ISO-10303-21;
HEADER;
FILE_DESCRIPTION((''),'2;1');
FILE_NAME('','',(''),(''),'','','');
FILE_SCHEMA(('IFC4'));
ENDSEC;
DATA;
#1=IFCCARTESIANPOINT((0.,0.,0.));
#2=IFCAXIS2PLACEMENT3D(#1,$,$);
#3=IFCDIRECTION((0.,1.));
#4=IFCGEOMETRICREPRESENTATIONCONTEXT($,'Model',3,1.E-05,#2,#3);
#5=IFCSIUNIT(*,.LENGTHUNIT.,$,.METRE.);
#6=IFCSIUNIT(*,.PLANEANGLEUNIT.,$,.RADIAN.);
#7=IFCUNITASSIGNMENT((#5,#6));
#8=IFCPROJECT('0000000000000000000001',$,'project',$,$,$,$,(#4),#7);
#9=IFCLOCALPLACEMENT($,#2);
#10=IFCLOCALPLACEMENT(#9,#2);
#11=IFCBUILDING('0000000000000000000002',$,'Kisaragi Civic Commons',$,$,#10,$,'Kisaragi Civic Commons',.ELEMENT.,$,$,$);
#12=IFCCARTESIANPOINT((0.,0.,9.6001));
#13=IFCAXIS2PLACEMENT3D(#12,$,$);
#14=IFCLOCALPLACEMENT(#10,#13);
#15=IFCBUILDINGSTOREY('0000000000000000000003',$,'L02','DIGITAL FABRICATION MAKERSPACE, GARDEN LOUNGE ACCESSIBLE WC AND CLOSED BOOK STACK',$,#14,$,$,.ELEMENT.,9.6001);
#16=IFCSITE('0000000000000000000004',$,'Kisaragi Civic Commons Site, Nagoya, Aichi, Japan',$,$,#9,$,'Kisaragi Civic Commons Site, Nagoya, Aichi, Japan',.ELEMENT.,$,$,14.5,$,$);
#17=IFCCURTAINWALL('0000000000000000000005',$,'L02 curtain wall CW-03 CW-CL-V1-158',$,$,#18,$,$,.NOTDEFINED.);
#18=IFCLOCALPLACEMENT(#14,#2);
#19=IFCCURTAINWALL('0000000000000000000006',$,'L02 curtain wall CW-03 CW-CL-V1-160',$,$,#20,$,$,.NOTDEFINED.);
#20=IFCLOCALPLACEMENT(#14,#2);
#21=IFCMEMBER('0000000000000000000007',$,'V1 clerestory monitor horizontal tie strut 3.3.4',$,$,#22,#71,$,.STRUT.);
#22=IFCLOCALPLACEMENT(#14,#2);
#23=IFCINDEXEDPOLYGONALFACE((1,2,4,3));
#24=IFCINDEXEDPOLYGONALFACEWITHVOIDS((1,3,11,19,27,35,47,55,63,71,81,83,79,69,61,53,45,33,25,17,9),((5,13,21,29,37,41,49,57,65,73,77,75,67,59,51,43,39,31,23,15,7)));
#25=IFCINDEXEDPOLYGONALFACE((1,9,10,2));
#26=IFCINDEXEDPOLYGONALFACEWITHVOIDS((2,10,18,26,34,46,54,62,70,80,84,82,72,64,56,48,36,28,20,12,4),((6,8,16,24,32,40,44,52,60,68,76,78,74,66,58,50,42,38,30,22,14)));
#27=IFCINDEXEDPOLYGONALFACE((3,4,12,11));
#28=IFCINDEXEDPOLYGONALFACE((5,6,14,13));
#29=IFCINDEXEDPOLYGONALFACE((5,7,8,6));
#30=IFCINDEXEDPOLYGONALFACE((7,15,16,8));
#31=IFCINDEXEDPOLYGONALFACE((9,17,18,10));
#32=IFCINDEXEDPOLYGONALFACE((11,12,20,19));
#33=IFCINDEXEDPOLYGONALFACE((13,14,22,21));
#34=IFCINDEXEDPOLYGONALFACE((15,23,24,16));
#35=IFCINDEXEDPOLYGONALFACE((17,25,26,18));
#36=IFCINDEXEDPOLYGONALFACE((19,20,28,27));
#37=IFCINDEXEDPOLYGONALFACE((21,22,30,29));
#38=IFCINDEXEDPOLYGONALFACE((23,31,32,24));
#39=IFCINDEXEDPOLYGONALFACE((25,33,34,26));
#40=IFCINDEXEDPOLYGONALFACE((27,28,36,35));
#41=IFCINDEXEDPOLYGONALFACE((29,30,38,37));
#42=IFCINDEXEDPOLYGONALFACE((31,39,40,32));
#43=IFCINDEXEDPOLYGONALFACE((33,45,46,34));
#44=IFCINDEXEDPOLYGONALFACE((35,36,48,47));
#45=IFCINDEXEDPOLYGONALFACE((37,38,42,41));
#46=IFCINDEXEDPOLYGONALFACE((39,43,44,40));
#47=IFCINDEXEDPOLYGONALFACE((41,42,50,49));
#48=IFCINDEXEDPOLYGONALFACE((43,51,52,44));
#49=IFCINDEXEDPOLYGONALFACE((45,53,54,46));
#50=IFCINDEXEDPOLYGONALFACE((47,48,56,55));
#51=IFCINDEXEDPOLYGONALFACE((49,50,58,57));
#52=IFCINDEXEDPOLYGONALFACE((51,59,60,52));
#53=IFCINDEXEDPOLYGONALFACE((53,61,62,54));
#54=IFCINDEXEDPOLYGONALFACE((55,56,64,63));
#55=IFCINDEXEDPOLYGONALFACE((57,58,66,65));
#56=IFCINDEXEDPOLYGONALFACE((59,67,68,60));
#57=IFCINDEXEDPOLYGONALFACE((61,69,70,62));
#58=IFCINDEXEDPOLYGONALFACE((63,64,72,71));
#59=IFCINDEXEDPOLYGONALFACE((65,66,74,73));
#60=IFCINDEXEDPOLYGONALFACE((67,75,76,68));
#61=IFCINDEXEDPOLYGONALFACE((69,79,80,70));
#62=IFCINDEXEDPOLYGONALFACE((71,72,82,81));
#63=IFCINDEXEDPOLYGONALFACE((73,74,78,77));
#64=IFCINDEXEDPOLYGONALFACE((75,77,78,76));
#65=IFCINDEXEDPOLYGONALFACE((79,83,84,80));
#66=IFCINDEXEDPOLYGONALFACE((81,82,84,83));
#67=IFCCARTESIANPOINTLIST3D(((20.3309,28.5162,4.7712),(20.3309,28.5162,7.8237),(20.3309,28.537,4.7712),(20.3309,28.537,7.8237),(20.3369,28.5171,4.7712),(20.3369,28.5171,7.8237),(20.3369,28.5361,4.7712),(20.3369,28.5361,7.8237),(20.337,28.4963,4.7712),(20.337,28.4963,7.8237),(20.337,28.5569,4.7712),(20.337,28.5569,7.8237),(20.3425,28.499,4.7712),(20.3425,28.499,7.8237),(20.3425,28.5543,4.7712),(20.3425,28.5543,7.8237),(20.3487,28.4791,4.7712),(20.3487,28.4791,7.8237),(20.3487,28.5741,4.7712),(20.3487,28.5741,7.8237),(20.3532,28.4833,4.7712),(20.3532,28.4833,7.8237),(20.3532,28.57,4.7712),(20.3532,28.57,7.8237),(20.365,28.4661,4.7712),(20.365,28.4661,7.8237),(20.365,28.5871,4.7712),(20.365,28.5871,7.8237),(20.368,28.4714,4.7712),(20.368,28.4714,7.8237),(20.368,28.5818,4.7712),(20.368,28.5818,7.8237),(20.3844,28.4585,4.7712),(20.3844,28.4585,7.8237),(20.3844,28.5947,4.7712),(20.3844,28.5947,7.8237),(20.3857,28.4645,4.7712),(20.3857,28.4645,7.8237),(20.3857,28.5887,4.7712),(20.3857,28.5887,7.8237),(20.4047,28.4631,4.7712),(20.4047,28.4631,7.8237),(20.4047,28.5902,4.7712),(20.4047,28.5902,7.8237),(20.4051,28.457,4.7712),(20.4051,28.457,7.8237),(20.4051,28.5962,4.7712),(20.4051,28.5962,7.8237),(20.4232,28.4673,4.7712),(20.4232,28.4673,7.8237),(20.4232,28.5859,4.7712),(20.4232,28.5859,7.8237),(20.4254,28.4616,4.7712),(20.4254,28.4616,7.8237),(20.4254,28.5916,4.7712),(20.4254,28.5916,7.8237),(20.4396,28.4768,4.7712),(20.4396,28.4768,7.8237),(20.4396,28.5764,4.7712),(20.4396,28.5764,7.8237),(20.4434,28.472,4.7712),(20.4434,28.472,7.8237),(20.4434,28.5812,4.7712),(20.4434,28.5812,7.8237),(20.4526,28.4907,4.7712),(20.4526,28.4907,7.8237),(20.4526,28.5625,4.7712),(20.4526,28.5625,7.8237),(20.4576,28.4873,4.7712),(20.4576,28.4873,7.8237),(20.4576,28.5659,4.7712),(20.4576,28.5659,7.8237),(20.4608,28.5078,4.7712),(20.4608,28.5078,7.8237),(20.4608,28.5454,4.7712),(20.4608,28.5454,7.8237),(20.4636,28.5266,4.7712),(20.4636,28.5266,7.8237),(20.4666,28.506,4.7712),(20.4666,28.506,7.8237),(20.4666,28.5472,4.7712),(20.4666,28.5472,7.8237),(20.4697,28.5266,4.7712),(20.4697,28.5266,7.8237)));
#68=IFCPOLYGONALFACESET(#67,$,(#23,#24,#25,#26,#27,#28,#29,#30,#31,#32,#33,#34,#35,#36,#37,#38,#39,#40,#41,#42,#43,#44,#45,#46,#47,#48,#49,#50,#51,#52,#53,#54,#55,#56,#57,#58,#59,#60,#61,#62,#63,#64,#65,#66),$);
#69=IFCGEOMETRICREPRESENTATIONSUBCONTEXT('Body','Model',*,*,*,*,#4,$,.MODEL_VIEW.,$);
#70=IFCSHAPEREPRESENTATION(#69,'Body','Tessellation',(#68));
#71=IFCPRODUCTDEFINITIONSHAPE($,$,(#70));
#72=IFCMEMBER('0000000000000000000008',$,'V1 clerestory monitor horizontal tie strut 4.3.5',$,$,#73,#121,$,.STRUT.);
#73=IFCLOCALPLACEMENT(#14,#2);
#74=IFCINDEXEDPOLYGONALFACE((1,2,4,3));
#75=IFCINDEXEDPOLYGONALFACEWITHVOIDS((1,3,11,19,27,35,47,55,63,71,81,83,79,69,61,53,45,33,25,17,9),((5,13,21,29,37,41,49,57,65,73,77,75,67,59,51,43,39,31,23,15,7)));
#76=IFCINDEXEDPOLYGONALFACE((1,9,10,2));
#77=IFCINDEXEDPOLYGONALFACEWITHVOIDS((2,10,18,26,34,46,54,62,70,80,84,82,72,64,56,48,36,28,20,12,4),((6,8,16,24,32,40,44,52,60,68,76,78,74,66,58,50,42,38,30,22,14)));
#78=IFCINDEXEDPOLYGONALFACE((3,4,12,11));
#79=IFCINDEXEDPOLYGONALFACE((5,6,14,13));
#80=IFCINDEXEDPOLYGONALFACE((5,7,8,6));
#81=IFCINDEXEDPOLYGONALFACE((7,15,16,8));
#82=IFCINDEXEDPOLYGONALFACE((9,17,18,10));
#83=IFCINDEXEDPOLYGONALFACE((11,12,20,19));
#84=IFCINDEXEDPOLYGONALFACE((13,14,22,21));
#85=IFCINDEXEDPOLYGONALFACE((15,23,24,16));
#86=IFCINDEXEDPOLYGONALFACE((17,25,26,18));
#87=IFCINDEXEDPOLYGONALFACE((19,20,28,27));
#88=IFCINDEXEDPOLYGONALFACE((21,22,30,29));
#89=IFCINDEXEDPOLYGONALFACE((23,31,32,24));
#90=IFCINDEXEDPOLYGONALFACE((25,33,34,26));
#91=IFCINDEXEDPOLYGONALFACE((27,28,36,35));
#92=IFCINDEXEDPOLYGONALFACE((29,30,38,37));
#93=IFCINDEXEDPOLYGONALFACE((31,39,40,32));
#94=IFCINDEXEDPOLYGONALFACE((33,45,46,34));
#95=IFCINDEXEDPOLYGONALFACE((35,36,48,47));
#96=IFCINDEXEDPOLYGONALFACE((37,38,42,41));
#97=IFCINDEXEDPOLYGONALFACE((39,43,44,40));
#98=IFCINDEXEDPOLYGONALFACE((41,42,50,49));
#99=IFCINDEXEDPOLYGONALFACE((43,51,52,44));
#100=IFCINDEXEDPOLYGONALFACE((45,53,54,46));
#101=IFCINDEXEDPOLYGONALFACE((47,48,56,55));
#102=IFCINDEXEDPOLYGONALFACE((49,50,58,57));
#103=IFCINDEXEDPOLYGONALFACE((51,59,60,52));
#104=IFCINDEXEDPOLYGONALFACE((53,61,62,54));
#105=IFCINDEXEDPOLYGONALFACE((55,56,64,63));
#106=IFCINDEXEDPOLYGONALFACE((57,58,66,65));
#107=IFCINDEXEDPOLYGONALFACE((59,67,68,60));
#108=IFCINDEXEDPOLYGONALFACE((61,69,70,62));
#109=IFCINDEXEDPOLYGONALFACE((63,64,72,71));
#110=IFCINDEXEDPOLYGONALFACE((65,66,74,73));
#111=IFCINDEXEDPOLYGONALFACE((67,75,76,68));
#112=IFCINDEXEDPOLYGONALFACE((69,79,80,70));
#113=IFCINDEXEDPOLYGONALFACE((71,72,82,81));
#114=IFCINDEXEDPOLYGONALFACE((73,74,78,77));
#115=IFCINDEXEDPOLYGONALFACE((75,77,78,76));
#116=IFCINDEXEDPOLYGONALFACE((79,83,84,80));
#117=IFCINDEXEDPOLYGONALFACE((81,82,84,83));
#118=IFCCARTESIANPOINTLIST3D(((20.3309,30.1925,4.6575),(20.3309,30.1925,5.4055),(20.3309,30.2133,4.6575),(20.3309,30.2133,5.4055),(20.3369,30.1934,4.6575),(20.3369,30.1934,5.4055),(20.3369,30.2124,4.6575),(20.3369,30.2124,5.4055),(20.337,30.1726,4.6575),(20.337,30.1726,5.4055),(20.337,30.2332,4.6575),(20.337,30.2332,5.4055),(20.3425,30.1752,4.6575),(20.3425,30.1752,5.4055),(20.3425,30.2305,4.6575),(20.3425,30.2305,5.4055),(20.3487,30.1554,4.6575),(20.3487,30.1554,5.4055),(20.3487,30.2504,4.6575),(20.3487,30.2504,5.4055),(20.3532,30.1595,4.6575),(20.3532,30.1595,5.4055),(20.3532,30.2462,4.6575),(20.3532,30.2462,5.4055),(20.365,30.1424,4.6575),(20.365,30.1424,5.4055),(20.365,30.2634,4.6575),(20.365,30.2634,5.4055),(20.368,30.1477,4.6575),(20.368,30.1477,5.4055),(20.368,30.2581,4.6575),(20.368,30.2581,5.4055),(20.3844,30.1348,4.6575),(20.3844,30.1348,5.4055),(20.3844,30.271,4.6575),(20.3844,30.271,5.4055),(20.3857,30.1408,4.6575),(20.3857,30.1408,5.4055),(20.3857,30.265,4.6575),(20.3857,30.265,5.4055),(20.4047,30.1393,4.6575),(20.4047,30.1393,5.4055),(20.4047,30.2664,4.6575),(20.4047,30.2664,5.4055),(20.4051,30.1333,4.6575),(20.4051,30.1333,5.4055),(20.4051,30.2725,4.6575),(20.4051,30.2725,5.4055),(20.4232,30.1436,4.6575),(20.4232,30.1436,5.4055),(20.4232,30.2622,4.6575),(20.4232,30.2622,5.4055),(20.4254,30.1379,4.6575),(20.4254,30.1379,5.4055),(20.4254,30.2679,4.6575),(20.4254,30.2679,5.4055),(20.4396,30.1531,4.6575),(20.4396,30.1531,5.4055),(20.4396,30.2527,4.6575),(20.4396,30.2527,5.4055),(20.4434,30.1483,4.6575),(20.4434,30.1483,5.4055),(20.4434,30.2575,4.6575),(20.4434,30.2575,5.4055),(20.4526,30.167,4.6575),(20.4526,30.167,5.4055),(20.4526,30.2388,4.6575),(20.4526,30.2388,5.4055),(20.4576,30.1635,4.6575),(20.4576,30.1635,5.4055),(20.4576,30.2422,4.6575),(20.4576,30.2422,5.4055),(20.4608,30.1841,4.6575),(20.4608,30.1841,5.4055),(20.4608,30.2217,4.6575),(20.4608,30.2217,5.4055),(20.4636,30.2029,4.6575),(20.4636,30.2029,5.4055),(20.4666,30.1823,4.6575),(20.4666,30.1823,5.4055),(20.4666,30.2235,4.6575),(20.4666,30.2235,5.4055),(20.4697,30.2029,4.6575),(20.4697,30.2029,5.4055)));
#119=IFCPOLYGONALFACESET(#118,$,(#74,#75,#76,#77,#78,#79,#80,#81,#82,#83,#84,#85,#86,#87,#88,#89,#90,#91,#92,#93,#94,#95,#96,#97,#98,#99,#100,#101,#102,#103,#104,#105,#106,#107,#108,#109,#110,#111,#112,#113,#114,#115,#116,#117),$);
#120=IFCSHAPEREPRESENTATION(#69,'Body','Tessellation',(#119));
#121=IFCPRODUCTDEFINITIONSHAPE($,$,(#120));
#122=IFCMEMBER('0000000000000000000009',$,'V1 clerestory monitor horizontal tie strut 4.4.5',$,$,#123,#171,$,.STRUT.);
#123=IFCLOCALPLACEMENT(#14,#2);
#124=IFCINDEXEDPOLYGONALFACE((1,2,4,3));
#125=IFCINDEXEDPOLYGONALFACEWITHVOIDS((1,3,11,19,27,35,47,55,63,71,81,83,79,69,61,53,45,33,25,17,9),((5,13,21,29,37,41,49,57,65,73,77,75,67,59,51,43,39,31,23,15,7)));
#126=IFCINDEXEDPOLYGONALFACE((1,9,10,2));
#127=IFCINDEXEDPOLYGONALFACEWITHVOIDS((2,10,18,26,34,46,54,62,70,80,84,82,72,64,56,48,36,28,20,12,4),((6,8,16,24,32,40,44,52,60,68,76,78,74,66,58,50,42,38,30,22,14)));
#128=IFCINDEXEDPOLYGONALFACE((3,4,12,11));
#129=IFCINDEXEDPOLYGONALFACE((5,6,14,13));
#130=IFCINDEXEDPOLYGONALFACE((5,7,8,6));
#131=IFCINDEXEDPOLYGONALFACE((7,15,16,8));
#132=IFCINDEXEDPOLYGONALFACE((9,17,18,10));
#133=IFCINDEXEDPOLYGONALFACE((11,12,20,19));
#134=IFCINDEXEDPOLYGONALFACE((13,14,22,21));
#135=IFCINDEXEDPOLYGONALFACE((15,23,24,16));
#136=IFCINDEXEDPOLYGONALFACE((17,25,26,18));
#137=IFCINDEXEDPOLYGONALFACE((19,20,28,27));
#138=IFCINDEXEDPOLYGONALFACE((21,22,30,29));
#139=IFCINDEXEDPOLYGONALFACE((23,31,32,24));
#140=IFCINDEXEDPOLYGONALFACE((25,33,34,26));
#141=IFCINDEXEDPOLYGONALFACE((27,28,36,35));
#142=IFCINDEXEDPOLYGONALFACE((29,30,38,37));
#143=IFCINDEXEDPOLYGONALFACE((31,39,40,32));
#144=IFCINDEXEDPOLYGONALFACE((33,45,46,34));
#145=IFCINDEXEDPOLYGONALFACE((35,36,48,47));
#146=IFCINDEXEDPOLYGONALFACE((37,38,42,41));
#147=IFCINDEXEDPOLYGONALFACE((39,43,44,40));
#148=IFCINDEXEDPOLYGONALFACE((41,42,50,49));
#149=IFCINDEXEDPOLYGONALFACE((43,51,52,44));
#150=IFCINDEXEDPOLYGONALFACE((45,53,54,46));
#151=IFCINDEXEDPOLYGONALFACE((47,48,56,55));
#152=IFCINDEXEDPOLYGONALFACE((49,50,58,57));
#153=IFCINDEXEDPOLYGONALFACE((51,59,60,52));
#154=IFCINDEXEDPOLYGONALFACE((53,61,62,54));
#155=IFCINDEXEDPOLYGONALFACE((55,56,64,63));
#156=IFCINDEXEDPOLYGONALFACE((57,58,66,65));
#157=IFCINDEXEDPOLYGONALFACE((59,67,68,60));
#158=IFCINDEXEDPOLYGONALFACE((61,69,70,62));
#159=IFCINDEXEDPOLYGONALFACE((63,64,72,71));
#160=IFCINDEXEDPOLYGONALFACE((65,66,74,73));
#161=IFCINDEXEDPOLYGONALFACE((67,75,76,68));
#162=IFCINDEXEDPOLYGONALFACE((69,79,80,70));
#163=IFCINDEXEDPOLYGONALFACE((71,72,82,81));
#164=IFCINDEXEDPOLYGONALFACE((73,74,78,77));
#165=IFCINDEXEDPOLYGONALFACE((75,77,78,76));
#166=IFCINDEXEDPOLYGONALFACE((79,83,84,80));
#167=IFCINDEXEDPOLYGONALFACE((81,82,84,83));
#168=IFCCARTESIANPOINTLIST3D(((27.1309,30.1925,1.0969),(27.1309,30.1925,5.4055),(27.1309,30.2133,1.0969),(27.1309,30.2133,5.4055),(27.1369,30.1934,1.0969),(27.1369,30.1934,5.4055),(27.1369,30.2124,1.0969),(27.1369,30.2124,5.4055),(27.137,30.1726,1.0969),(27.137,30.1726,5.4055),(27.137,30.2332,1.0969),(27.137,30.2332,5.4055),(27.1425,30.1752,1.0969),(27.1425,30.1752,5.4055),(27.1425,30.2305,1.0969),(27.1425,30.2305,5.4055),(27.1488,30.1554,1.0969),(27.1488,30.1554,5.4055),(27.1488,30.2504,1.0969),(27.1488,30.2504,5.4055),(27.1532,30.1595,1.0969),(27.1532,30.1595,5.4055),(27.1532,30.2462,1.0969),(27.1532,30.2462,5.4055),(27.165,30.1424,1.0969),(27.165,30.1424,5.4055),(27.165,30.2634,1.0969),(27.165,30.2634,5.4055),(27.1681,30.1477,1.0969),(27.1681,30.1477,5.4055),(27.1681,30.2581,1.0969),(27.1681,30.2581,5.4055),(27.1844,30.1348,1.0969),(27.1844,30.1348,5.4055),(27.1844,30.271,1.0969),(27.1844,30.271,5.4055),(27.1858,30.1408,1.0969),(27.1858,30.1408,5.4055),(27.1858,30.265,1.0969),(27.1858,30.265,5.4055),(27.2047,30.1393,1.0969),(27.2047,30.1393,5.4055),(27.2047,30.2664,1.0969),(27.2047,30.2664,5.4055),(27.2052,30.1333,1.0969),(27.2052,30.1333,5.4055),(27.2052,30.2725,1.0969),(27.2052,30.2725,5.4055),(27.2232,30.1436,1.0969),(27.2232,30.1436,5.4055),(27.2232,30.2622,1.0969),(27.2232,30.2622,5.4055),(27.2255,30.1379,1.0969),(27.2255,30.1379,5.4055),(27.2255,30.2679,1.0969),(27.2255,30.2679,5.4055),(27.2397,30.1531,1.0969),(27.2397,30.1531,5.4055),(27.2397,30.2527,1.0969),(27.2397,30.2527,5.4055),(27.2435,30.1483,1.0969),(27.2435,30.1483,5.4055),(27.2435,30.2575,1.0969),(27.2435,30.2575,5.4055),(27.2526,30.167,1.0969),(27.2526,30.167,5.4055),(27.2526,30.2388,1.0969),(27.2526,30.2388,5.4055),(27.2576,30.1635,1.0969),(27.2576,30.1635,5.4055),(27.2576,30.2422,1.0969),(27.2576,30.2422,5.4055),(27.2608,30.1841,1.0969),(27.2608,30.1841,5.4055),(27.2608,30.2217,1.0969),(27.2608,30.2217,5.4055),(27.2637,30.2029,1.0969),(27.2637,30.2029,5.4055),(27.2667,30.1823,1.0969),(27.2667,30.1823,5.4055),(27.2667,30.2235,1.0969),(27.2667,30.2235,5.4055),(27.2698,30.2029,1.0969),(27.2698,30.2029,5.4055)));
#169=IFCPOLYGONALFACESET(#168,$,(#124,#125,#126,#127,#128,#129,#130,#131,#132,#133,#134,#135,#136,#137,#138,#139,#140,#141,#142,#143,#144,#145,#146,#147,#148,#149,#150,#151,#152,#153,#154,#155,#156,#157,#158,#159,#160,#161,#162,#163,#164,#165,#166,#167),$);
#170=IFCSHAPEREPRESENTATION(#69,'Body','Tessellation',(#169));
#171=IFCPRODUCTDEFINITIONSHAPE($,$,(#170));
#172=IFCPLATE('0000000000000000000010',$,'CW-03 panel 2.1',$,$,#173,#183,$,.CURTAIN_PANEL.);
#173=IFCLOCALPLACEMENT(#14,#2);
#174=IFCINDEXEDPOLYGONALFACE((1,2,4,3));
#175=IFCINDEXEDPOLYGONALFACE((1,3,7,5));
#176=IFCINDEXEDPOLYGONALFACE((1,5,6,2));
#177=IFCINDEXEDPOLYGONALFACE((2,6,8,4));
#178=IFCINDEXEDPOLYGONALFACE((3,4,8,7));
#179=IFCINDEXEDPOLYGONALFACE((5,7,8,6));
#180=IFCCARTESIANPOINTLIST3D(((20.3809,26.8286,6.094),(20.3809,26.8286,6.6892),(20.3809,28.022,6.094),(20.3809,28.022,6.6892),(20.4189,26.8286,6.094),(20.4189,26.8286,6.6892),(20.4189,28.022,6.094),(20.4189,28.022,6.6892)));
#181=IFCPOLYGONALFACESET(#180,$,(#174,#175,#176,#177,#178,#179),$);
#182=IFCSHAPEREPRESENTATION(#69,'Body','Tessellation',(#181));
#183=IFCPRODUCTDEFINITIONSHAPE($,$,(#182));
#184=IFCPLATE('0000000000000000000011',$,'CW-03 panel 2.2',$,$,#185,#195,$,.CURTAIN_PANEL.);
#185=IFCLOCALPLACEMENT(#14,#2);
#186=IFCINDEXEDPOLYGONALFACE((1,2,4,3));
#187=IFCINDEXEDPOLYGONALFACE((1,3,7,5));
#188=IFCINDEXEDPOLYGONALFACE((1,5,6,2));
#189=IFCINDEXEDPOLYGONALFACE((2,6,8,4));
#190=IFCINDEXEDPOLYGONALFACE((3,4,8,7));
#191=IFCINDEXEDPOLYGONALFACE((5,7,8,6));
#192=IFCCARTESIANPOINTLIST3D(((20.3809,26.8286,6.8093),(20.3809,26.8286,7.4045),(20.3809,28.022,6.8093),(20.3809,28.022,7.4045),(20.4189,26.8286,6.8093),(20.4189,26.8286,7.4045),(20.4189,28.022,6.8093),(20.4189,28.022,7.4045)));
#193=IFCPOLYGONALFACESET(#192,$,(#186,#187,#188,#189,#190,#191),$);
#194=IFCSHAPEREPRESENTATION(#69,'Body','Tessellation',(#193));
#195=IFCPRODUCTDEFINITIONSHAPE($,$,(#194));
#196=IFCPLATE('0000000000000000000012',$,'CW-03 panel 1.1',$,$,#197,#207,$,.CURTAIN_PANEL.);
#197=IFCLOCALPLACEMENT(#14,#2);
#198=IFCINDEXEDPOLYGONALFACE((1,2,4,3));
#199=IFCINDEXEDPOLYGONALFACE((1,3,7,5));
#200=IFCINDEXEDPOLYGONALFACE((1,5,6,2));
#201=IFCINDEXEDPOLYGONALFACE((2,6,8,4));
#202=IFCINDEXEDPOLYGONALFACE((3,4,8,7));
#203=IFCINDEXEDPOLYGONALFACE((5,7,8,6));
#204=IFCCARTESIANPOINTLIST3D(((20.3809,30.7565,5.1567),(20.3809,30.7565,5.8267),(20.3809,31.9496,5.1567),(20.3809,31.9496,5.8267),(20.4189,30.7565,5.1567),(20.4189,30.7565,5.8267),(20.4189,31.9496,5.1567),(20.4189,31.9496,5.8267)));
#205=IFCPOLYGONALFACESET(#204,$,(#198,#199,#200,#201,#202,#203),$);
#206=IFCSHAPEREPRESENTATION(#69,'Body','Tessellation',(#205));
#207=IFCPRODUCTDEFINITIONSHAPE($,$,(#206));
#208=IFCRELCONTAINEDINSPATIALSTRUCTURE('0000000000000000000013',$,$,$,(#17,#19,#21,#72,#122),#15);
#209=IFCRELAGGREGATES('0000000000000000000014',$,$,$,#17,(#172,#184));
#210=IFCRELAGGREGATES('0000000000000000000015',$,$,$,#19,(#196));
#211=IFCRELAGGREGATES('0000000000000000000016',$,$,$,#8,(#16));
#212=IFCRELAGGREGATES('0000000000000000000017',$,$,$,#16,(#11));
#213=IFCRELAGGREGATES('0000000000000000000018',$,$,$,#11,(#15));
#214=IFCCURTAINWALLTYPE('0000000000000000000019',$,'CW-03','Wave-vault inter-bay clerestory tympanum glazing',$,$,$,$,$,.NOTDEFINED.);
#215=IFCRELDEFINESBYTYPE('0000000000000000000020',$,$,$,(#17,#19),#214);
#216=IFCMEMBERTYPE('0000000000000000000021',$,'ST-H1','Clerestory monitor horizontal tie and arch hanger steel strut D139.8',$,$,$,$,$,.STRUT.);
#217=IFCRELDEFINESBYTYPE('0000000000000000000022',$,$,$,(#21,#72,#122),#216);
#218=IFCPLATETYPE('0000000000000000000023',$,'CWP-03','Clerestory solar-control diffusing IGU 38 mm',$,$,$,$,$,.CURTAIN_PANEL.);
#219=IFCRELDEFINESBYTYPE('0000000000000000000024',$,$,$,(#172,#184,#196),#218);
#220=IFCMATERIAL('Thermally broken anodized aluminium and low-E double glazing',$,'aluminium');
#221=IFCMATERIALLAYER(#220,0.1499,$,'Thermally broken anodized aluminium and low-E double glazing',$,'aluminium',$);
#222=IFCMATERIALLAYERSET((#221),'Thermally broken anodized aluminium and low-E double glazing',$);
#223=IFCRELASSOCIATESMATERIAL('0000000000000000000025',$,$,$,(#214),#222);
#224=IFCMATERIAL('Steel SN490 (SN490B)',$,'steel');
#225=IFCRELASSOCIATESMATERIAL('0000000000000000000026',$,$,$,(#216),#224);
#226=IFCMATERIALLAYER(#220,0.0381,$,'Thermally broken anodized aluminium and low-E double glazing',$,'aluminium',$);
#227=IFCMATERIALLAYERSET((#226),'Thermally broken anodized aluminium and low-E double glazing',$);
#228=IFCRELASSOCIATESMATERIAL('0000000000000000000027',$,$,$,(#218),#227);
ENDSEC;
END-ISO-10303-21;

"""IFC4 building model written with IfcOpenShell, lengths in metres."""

from ifc_helpers import new_model, si_unit, direction, frame, origin, origin_2d, place, context, subcontext, project, spatial, rectangle, hollow_circle, extrude, material, layer, layer_set, material_profile, profile_set, type_object, element, aggregate, save


model = new_model("IFC4")

# Units and contexts
model_context = context("Model", 3, precision=1e-05, world=origin(), true_north=direction((0.0, 1.0)))
body_context = subcontext(model_context, "Body", "Model", "MODEL_VIEW")
ifc_project = project(units=[si_unit("LENGTHUNIT", "METRE"), si_unit("PLANEANGLEUNIT", "RADIAN")], contexts=[model_context])

# Site, building, storey
site_placement = place(None, origin())
site = spatial("IfcSite", under=ifc_project, at=site_placement, Name="Kisaragi Civic Commons Site, Nagoya, Aichi, Japan", LongName="Kisaragi Civic Commons Site, Nagoya, Aichi, Japan", CompositionType="ELEMENT", RefElevation=14.5)
building_placement = place(site_placement, origin())
building = spatial("IfcBuilding", under=site, at=building_placement, Name="Kisaragi Civic Commons", LongName="Kisaragi Civic Commons", CompositionType="ELEMENT")
storey_placement = place(building_placement, frame((0.0, 0.0, 9.6001)))
storey = spatial("IfcBuildingStorey", under=building, at=storey_placement, Name="L02", Description="DIGITAL FABRICATION MAKERSPACE, GARDEN LOUNGE ACCESSIBLE WC AND CLOSED BOOK STACK", CompositionType="ELEMENT", Elevation=9.6001)

# Curtain wall
ifc_material_1 = material(Name="Thermally broken anodized aluminium and low-E double glazing", Category="aluminium")
ifc_layer_1 = layer(ifc_material_1, 0.1499, Name="Thermally broken anodized aluminium and low-E double glazing", Category="aluminium")
ifc_layer_set_1 = layer_set([ifc_layer_1], Name="Thermally broken anodized aluminium and low-E double glazing")
curtain_wall_type = type_object("IfcCurtainWallType", Name="CW-03", Description="Wave-vault inter-bay clerestory tympanum glazing", PredefinedType="NOTDEFINED", material=ifc_layer_set_1)
curtain_wall_1_placement = place(storey_placement, origin())
curtain_wall_1 = element("IfcCurtainWall", 1, at=curtain_wall_1_placement, inside=storey, type_object=curtain_wall_type, Name="L02 curtain wall CW-03 CW-CL-V1-158", PredefinedType="NOTDEFINED")

# Curtain wall
curtain_wall_2_placement = place(storey_placement, origin())
curtain_wall_2 = element("IfcCurtainWall", 2, at=curtain_wall_2_placement, inside=storey, type_object=curtain_wall_type, Name="L02 curtain wall CW-03 CW-CL-V1-160", PredefinedType="NOTDEFINED")

# Members
ifc_material_2 = material(Name="Steel SN490 (SN490B)", Category="steel")
ifc_material_profile_1 = material_profile(ifc_material_2, hollow_circle(Radius=0.0698, WallThickness=0.0061, at=origin_2d()), Name="CHS-139.8x6.0", Category="steel")
ifc_profile_set_1 = profile_set([ifc_material_profile_1], Name="Steel SN490 (SN490B)")
member_type_1 = type_object("IfcMemberType", Name="ST-H1", Description="Clerestory monitor horizontal tie and arch hanger steel strut D139.8", PredefinedType="STRUT", material=ifc_profile_set_1)
member_1_placement = place(storey_placement, frame((20.3999, 28.5266, 4.7712), z_axis=(0.0, 0.0, 1.0), x_axis=(1.0, 0.0, 0.0)))
element("IfcMember", 3, at=member_1_placement, inside=storey, type_object=member_type_1, Name="V1 clerestory monitor horizontal tie strut 3.3.4", PredefinedType="STRUT", context=body_context, shape_type="SweptSolid", body=[
    extrude(hollow_circle(Radius=0.0698, WallThickness=0.0061, at=origin_2d()), origin(), (0.0, 0.0, 1.0), 3.0525),
])
member_2_placement = place(storey_placement, frame((20.3999, 30.2029, 4.6575), z_axis=(0.0, 0.0, 1.0), x_axis=(1.0, 0.0, 0.0)))
element("IfcMember", 4, at=member_2_placement, inside=storey, type_object=member_type_1, Name="V1 clerestory monitor horizontal tie strut 4.3.5", PredefinedType="STRUT", context=body_context, shape_type="SweptSolid", body=[
    extrude(hollow_circle(Radius=0.0698, WallThickness=0.0061, at=origin_2d()), origin(), (0.0, 0.0, 1.0), 0.748),
])
member_3_placement = place(storey_placement, frame((27.2, 30.2029, 1.0969), z_axis=(0.0, 0.0, 1.0), x_axis=(1.0, 0.0, 0.0)))
element("IfcMember", 5, at=member_3_placement, inside=storey, type_object=member_type_1, Name="V1 clerestory monitor horizontal tie strut 4.4.5", PredefinedType="STRUT", context=body_context, shape_type="SweptSolid", body=[
    extrude(hollow_circle(Radius=0.0698, WallThickness=0.0061, at=origin_2d()), origin(), (0.0, 0.0, 1.0), 4.3086),
])

# Plates
ifc_layer_2 = layer(ifc_material_1, 0.0381, Name="Thermally broken anodized aluminium and low-E double glazing", Category="aluminium")
ifc_layer_set_2 = layer_set([ifc_layer_2], Name="Thermally broken anodized aluminium and low-E double glazing")
plate_type_1 = type_object("IfcPlateType", Name="CWP-03", Description="Clerestory solar-control diffusing IGU 38 mm", PredefinedType="CURTAIN_PANEL", material=ifc_layer_set_2)
plate_1_placement = place(storey_placement, frame((20.3999, 27.4253, 6.094), z_axis=(0.0, 0.0, 1.0), x_axis=(0.0, 1.0, 0.0)))
plate_1 = element("IfcPlate", 6, at=plate_1_placement, type_object=plate_type_1, Name="CW-03 panel 2.1", PredefinedType="CURTAIN_PANEL", context=body_context, shape_type="SweptSolid", body=[
    extrude(rectangle(XDim=1.1934, YDim=0.0381, at=origin_2d()), origin(), (0.0, 0.0, 1.0), 0.5952),
])
plate_2_placement = place(storey_placement, frame((20.3999, 27.4253, 6.8093), z_axis=(0.0, 0.0, 1.0), x_axis=(0.0, 1.0, 0.0)))
plate_2 = element("IfcPlate", 7, at=plate_2_placement, type_object=plate_type_1, Name="CW-03 panel 2.2", PredefinedType="CURTAIN_PANEL", context=body_context, shape_type="SweptSolid", body=[
    extrude(rectangle(XDim=1.1934, YDim=0.0381, at=origin_2d()), origin(), (0.0, 0.0, 1.0), 0.5952),
])
aggregate(curtain_wall_1, [plate_1, plate_2])
plate_3_placement = place(storey_placement, frame((20.3999, 31.353, 5.1567), z_axis=(0.0, 0.0, 1.0), x_axis=(0.0, 1.0, 0.0)))
plate_3 = element("IfcPlate", 8, at=plate_3_placement, type_object=plate_type_1, Name="CW-03 panel 1.1", PredefinedType="CURTAIN_PANEL", context=body_context, shape_type="SweptSolid", body=[
    extrude(rectangle(XDim=1.1931, YDim=0.0381, at=origin_2d()), origin(), (0.0, 0.0, 1.0), 0.6699),
])
aggregate(curtain_wall_2, [plate_3])

save(model, "model.ifc")
